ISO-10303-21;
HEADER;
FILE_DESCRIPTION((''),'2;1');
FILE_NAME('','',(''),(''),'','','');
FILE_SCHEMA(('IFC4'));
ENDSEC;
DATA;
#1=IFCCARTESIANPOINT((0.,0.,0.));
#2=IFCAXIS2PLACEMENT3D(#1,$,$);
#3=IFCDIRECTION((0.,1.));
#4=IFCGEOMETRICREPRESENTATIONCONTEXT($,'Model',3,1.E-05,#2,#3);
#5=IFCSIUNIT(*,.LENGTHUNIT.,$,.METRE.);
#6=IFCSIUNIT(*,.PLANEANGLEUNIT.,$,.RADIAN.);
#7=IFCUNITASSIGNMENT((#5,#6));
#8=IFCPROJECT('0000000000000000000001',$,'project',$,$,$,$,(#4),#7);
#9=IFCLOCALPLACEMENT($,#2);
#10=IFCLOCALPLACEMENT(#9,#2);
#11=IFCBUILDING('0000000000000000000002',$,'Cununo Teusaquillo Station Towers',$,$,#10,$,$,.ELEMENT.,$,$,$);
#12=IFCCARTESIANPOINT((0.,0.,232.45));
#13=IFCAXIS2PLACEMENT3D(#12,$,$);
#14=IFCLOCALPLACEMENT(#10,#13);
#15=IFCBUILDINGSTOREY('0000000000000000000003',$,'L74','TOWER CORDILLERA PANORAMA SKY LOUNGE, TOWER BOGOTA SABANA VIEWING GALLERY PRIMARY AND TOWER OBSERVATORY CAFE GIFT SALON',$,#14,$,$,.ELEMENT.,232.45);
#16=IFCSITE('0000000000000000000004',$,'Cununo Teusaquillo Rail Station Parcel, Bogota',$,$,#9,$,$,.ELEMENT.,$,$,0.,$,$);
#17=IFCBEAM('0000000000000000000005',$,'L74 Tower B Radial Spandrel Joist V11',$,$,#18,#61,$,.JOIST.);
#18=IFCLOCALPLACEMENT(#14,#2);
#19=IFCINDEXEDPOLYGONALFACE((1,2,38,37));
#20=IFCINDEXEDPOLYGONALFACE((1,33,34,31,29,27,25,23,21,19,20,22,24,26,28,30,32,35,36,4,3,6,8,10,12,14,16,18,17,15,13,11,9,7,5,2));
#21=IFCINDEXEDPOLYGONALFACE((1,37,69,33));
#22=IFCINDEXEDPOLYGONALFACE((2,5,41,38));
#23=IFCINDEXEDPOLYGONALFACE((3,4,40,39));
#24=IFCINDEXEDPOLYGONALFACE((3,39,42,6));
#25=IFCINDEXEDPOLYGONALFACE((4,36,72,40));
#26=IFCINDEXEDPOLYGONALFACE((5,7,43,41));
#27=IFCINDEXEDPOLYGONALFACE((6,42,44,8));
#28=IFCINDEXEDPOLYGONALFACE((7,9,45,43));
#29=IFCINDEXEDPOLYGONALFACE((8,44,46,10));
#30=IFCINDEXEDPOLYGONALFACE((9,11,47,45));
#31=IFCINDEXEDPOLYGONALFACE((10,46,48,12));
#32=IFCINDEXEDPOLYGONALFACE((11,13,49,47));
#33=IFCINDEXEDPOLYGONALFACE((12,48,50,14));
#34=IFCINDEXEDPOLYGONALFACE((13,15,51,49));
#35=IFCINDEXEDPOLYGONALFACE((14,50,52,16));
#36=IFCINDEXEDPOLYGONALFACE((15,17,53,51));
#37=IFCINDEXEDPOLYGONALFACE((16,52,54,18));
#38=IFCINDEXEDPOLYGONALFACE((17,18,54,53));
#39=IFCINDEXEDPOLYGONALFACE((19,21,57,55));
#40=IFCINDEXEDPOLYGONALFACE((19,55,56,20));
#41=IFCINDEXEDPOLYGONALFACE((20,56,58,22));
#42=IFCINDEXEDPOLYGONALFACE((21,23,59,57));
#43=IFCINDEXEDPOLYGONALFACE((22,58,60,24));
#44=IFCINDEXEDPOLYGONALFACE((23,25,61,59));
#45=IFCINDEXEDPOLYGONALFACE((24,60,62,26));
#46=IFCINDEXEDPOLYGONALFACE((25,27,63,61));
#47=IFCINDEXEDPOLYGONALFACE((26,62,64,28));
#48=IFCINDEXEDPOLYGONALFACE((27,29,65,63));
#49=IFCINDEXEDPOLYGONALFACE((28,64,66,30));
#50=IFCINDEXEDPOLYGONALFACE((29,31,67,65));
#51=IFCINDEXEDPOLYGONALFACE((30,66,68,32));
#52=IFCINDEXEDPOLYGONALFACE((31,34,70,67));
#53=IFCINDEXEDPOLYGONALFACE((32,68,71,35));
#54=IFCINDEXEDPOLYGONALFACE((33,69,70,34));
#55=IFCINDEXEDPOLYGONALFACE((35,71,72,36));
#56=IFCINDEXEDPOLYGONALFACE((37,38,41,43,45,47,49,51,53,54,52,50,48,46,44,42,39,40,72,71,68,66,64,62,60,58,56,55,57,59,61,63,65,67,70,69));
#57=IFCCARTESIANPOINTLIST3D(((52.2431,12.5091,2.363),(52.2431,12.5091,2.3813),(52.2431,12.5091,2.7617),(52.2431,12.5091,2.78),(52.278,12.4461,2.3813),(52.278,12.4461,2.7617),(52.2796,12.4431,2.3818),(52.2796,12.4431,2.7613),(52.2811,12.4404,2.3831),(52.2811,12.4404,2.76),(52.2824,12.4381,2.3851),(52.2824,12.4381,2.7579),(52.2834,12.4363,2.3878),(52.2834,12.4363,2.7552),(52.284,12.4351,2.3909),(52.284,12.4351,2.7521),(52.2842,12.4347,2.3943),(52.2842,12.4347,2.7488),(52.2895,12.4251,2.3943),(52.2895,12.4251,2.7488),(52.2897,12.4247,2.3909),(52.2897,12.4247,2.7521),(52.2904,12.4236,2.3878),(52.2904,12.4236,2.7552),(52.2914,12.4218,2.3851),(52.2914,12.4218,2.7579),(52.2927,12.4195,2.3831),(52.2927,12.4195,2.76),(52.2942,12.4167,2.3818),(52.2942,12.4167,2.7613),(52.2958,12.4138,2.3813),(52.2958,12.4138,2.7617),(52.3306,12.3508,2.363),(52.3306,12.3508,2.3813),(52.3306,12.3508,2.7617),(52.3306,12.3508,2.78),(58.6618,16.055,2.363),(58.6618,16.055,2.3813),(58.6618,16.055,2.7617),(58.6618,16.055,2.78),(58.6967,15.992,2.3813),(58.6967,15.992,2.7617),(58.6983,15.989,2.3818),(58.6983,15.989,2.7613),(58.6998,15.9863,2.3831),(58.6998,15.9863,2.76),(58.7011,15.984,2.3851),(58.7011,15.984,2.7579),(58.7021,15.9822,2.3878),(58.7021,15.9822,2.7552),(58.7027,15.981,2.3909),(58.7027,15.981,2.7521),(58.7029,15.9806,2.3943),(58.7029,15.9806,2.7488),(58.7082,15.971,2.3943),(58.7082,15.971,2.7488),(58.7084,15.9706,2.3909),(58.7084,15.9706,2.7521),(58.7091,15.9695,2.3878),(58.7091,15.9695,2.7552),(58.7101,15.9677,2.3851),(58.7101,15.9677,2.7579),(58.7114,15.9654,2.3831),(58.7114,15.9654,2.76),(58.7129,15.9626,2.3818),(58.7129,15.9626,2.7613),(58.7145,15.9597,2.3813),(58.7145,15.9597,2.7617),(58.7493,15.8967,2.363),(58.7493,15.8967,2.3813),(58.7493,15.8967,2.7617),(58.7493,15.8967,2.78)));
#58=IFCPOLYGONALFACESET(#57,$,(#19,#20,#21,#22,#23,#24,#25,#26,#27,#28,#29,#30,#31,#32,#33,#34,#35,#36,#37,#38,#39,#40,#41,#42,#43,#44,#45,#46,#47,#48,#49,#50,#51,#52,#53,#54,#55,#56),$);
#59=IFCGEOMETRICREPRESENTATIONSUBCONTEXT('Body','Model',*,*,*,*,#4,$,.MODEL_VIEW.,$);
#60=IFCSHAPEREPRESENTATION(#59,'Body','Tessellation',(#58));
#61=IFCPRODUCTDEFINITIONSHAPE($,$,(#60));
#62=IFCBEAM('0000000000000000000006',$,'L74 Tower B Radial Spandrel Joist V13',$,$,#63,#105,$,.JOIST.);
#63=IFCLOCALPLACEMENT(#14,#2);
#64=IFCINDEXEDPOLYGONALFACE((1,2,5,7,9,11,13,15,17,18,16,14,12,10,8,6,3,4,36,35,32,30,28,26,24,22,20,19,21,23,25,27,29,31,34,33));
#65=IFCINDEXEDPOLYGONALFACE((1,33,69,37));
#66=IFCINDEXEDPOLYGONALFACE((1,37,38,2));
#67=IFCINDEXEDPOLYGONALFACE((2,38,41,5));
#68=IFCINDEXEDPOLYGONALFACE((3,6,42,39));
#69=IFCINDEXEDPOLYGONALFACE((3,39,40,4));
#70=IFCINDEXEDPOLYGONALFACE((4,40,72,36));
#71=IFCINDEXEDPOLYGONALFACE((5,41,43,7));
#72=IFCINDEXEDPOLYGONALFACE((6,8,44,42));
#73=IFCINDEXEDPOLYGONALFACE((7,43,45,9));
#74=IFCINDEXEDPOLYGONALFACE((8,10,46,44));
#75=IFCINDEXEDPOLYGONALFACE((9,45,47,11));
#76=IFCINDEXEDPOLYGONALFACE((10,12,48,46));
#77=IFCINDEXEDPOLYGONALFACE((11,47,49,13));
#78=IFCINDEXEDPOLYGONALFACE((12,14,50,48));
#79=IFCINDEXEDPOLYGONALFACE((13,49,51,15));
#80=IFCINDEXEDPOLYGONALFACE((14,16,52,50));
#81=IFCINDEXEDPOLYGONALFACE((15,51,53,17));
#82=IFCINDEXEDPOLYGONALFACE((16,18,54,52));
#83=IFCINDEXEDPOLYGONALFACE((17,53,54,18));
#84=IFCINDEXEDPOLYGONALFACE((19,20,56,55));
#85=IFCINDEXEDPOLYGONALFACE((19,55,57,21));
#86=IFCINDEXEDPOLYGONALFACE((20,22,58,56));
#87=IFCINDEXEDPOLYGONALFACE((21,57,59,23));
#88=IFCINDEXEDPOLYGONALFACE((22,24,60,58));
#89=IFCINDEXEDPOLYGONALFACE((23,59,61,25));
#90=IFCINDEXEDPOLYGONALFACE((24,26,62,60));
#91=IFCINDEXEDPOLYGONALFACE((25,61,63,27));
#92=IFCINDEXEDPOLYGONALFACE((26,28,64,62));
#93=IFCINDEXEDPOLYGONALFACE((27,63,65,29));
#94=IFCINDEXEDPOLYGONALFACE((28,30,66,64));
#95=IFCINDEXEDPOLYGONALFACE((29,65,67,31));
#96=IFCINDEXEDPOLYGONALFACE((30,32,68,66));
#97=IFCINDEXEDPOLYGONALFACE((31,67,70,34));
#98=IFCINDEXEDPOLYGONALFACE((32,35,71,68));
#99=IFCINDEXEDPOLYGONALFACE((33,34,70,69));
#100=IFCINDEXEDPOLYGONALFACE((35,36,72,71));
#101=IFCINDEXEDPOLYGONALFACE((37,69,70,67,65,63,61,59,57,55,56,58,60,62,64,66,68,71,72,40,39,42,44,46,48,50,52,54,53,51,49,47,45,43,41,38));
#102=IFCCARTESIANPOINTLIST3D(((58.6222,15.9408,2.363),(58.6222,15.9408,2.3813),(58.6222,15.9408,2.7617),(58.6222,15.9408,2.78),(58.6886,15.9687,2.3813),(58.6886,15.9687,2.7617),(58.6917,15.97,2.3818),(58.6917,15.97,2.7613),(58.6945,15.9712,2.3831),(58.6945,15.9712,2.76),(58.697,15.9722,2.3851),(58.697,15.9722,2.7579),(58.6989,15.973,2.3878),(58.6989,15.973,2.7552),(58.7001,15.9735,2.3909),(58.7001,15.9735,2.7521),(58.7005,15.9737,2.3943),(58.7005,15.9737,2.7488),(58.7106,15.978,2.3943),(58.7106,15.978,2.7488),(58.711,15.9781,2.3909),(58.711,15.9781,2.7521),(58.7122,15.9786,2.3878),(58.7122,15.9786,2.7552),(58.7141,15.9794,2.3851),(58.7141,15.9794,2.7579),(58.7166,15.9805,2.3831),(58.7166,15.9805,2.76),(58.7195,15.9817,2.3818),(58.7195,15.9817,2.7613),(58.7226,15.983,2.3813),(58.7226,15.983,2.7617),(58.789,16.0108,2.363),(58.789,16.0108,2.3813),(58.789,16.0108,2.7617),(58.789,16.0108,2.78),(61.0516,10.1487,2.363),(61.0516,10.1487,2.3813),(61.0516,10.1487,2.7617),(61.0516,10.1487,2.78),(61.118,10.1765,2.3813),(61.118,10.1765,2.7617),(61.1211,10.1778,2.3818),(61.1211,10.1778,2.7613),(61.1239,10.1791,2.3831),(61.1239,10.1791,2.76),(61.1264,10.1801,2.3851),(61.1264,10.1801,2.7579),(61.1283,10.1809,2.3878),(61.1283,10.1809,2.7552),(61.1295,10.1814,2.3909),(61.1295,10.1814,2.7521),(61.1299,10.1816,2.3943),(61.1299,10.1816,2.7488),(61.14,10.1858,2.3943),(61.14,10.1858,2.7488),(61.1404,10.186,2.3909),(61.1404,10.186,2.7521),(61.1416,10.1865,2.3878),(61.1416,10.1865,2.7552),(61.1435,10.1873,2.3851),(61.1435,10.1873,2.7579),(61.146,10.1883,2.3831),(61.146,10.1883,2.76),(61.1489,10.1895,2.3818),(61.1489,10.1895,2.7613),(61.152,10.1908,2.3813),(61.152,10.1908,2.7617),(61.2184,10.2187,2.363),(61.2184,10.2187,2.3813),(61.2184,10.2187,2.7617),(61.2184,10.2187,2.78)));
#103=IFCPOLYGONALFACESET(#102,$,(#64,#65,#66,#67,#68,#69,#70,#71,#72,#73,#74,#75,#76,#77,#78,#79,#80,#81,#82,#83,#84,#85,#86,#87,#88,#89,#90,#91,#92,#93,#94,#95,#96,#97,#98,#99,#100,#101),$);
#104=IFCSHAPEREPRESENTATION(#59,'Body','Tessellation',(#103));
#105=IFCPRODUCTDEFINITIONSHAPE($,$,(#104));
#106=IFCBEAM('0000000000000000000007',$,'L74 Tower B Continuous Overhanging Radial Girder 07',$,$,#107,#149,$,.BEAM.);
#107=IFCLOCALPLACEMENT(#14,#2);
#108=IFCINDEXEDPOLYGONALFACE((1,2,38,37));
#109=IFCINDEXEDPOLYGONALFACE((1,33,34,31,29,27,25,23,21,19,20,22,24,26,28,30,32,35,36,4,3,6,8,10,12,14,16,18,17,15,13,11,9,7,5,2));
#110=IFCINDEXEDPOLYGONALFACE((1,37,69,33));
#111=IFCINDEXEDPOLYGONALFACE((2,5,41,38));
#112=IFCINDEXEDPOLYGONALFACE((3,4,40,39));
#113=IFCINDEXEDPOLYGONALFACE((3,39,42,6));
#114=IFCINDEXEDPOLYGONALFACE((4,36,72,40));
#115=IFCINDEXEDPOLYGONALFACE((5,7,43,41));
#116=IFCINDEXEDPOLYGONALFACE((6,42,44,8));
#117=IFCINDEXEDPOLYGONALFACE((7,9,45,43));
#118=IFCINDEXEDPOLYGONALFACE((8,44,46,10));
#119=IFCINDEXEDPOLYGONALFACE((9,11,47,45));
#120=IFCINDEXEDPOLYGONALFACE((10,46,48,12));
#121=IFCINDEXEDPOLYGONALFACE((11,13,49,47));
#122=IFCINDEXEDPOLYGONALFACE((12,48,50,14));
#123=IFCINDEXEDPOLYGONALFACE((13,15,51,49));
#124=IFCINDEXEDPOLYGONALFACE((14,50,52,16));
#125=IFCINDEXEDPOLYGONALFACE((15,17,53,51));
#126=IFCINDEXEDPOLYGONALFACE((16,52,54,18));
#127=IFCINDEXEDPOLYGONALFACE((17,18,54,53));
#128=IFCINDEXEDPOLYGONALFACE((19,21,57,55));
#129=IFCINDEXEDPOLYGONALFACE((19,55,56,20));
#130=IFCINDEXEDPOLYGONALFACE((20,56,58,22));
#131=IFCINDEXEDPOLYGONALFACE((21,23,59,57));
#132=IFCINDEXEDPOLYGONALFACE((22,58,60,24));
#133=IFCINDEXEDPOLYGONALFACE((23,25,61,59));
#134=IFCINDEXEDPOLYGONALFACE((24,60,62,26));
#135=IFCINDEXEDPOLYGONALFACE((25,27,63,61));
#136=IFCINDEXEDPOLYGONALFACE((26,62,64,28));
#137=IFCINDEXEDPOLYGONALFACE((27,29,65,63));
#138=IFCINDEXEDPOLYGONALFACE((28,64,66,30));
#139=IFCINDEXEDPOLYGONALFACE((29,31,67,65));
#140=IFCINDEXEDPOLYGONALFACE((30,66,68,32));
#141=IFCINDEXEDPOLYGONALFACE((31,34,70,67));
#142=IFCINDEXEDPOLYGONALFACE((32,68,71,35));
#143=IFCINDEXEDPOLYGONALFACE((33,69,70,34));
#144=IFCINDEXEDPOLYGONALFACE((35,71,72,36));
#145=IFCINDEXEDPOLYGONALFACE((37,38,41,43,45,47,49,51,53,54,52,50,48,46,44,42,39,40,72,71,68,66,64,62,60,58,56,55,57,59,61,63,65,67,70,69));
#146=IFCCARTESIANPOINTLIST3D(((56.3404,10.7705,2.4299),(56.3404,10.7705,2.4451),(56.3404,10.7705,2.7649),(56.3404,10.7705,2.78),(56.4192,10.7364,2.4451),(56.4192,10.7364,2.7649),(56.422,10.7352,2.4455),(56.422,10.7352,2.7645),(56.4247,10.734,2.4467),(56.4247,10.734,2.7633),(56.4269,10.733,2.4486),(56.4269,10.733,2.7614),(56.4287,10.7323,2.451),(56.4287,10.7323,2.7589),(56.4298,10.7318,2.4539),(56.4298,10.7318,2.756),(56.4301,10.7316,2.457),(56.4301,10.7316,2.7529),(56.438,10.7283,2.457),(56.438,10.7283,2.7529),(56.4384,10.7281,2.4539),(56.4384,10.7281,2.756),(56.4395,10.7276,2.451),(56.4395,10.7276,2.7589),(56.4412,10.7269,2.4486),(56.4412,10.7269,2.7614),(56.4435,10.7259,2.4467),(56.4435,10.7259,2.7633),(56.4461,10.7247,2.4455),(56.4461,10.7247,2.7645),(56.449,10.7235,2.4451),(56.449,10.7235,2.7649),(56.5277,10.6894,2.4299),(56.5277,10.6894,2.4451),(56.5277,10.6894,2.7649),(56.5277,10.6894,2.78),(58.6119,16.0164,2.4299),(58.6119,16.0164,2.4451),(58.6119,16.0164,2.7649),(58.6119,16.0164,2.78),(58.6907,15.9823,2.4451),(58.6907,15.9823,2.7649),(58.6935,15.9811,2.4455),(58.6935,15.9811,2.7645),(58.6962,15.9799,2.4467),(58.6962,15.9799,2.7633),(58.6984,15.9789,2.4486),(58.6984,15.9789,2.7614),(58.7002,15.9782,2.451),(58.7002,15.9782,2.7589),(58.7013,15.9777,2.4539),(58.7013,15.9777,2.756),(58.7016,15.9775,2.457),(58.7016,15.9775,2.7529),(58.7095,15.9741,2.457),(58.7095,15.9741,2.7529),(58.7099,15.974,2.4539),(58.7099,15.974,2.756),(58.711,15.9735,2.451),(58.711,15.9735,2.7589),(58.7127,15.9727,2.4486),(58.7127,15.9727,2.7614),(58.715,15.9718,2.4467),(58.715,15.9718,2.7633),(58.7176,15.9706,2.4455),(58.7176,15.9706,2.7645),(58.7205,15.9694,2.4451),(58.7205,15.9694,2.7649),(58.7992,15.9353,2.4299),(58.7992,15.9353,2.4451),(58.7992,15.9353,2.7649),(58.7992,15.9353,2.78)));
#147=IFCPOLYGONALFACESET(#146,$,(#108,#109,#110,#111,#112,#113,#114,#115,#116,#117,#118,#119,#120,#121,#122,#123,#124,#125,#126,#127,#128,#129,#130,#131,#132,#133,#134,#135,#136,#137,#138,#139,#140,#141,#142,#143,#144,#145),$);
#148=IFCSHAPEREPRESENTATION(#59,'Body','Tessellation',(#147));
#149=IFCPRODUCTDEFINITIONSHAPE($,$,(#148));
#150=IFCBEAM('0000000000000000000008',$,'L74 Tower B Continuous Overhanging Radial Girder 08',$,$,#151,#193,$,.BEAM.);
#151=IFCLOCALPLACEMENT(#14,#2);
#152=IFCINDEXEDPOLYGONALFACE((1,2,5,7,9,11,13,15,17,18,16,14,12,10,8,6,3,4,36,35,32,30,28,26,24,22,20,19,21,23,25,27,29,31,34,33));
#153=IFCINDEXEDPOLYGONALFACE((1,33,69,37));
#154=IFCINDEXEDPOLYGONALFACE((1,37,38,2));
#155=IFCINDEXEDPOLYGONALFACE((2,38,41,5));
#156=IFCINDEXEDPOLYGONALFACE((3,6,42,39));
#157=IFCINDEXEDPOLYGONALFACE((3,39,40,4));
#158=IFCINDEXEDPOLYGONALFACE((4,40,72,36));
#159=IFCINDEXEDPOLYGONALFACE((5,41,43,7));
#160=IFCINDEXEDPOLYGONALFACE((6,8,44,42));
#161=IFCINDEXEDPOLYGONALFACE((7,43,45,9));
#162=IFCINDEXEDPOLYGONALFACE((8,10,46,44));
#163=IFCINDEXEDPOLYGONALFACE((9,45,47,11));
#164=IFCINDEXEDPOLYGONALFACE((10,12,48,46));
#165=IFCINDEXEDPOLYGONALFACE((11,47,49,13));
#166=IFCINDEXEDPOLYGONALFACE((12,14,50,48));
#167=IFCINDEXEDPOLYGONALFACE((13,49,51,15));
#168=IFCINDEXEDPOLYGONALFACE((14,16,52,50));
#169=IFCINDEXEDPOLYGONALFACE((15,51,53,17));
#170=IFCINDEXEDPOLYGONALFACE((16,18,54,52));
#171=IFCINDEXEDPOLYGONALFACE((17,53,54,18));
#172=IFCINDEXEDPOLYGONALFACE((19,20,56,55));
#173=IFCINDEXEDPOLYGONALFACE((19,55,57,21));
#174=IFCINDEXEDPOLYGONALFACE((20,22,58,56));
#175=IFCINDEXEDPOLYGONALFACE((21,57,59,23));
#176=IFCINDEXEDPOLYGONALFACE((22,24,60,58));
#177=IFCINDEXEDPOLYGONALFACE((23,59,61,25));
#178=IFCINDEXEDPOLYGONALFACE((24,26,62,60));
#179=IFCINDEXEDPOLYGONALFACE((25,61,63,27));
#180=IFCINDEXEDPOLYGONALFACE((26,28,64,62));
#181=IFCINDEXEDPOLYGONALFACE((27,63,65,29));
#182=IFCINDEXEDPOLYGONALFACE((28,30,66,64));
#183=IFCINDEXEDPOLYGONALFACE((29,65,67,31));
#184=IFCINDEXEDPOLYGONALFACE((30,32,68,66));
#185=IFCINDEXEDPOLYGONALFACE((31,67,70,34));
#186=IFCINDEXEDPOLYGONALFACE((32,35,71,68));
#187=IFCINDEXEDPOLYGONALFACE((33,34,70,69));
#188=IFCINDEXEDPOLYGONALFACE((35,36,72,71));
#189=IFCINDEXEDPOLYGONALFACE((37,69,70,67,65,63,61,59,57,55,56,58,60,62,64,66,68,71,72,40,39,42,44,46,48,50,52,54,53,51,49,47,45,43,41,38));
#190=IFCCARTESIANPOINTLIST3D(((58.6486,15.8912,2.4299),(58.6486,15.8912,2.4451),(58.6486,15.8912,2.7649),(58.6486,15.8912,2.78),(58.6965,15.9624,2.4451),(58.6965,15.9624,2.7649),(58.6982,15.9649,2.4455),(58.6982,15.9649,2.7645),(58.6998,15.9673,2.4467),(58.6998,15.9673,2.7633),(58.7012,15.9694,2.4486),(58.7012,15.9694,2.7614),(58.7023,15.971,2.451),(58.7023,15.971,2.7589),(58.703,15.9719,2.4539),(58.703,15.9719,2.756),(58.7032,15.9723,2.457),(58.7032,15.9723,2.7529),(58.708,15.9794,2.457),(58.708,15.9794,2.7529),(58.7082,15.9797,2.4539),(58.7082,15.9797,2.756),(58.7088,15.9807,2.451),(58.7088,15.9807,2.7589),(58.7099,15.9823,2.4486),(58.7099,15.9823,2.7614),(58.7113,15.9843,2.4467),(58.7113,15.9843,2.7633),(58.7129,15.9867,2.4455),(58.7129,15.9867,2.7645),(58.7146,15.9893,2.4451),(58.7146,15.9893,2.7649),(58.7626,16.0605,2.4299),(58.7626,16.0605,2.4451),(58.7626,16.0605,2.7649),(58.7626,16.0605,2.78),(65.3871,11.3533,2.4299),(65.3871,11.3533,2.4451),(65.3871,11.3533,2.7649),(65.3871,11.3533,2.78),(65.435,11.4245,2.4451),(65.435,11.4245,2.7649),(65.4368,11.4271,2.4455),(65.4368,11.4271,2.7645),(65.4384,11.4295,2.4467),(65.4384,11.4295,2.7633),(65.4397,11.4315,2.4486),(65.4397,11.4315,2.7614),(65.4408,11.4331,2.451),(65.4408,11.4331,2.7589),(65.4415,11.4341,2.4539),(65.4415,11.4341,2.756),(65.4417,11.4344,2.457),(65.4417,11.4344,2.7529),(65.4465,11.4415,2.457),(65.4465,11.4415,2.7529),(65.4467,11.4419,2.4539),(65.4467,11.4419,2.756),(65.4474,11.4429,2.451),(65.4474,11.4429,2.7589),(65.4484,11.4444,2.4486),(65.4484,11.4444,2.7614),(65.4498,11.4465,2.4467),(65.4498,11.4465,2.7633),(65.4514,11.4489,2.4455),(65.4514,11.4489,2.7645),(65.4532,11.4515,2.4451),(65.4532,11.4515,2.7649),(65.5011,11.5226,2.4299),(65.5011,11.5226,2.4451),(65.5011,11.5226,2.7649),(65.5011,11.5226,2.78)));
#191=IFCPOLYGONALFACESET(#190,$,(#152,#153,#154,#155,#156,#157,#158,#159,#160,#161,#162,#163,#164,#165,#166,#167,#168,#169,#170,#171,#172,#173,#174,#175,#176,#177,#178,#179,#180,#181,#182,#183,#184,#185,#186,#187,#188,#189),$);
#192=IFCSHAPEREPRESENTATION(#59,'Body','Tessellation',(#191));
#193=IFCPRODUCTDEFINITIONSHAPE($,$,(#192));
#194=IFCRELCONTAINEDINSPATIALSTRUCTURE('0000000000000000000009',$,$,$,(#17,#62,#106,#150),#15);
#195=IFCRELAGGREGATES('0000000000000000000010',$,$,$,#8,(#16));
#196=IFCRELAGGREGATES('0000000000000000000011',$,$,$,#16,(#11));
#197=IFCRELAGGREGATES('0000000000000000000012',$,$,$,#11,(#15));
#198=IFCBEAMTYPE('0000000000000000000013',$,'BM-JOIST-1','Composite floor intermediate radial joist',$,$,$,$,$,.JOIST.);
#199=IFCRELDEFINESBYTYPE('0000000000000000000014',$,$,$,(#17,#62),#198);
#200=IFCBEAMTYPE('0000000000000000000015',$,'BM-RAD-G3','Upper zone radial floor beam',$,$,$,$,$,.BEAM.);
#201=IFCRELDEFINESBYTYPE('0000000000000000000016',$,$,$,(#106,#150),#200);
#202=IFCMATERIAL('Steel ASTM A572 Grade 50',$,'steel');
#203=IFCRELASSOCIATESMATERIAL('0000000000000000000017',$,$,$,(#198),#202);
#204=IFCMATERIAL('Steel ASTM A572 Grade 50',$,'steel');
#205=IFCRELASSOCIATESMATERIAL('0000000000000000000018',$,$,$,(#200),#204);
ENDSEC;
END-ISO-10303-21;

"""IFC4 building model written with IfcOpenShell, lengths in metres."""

from ifc_helpers import new_model, si_unit, direction, frame, origin, origin_2d, place, context, subcontext, project, spatial, i_section, extrude, material, material_profile, profile_set, type_object, element, save


model = new_model("IFC4")

# Units and contexts
model_context = context("Model", 3, precision=1e-05, world=origin(), true_north=direction((0.0, 1.0)))
body_context = subcontext(model_context, "Body", "Model", "MODEL_VIEW")
ifc_project = project(units=[si_unit("LENGTHUNIT", "METRE"), si_unit("PLANEANGLEUNIT", "RADIAN")], contexts=[model_context])

# Site, building, storey
site_placement = place(None, origin())
site = spatial("IfcSite", under=ifc_project, at=site_placement, Name="Cununo Teusaquillo Rail Station Parcel, Bogota", CompositionType="ELEMENT", RefElevation=0.0)
building_placement = place(site_placement, origin())
building = spatial("IfcBuilding", under=site, at=building_placement, Name="Cununo Teusaquillo Station Towers", CompositionType="ELEMENT")
storey_placement = place(building_placement, frame((0.0, 0.0, 232.45)))
storey = spatial("IfcBuildingStorey", under=building, at=storey_placement, Name="L74", Description="TOWER CORDILLERA PANORAMA SKY LOUNGE, TOWER BOGOTA SABANA VIEWING GALLERY PRIMARY AND TOWER OBSERVATORY CAFE GIFT SALON", CompositionType="ELEMENT", Elevation=232.45)

# Beams
ifc_material_1 = material(Name="Steel ASTM A572 Grade 50", Category="steel")
ifc_material_profile_1 = material_profile(ifc_material_1, i_section(OverallWidth=0.1809, OverallDepth=0.417, WebThickness=0.011, FlangeThickness=0.0183, FilletRadius=0.0129, at=origin_2d()), Name="W16X57")
ifc_profile_set_1 = profile_set([ifc_material_profile_1], Name="Steel ASTM A572 Grade 50")
beam_type_1 = type_object("IfcBeamType", Name="BM-JOIST-1", Description="Composite floor intermediate radial joist", PredefinedType="JOIST", material=ifc_profile_set_1)
beam_1_placement = place(storey_placement, frame((58.7056, 15.9758, 2.5715), z_axis=(-0.875315, -0.483553, 0.0), x_axis=(0.483553, -0.875315, 0.0)))
element("IfcBeam", 1, at=beam_1_placement, inside=storey, type_object=beam_type_1, Name="L74 Tower B Radial Spandrel Joist V11", PredefinedType="JOIST", context=body_context, shape_type="SweptSolid", body=[
    extrude(i_section(OverallWidth=0.1809, OverallDepth=0.417, WebThickness=0.011, FlangeThickness=0.0183, FilletRadius=0.0129, at=origin_2d()), origin(), (0.0, 0.0, 1.0), 7.333),
])
beam_2_placement = place(storey_placement, frame((58.7056, 15.9758, 2.5715), z_axis=(0.386786, -0.922169, 0.0), x_axis=(0.922169, 0.386786, 0.0)))
element("IfcBeam", 2, at=beam_2_placement, inside=storey, type_object=beam_type_1, Name="L74 Tower B Radial Spandrel Joist V13", PredefinedType="JOIST", context=body_context, shape_type="SweptSolid", body=[
    extrude(i_section(OverallWidth=0.1809, OverallDepth=0.417, WebThickness=0.011, FlangeThickness=0.0183, FilletRadius=0.0129, at=origin_2d()), origin(), (0.0, 0.0, 1.0), 6.281),
])
ifc_material_2 = material(Name="Steel ASTM A572 Grade 50", Category="steel")
ifc_material_profile_2 = material_profile(ifc_material_2, i_section(OverallWidth=0.2041, OverallDepth=0.3501, WebThickness=0.0085, FlangeThickness=0.0151, FilletRadius=0.012, at=origin_2d()), Name="W14X48")
ifc_profile_set_2 = profile_set([ifc_material_profile_2], Name="Steel ASTM A572 Grade 50")
beam_type_2 = type_object("IfcBeamType", Name="BM-RAD-G3", Description="Upper zone radial floor beam", PredefinedType="BEAM", material=ifc_profile_set_2)
beam_3_placement = place(storey_placement, frame((58.7056, 15.9758, 2.605), z_axis=(-0.397355, -0.917665, 0.0), x_axis=(0.917665, -0.397355, 0.0)))
element("IfcBeam", 3, at=beam_3_placement, inside=storey, type_object=beam_type_2, Name="L74 Tower B Continuous Overhanging Radial Girder 07", PredefinedType="BEAM", context=body_context, shape_type="SweptSolid", body=[
    extrude(i_section(OverallWidth=0.2041, OverallDepth=0.3501, WebThickness=0.0085, FlangeThickness=0.0151, FilletRadius=0.012, at=origin_2d()), origin(), (0.0, 0.0, 1.0), 5.7166),
])
beam_4_placement = place(storey_placement, frame((58.7056, 15.9758, 2.605), z_axis=(0.829457, -0.558571, 0.0), x_axis=(0.558571, 0.829457, 0.0)))
element("IfcBeam", 4, at=beam_4_placement, inside=storey, type_object=beam_type_2, Name="L74 Tower B Continuous Overhanging Radial Girder 08", PredefinedType="BEAM", context=body_context, shape_type="SweptSolid", body=[
    extrude(i_section(OverallWidth=0.2041, OverallDepth=0.3501, WebThickness=0.0085, FlangeThickness=0.0151, FilletRadius=0.012, at=origin_2d()), origin(), (0.0, 0.0, 1.0), 8.124),
])

save(model, "model.ifc")
